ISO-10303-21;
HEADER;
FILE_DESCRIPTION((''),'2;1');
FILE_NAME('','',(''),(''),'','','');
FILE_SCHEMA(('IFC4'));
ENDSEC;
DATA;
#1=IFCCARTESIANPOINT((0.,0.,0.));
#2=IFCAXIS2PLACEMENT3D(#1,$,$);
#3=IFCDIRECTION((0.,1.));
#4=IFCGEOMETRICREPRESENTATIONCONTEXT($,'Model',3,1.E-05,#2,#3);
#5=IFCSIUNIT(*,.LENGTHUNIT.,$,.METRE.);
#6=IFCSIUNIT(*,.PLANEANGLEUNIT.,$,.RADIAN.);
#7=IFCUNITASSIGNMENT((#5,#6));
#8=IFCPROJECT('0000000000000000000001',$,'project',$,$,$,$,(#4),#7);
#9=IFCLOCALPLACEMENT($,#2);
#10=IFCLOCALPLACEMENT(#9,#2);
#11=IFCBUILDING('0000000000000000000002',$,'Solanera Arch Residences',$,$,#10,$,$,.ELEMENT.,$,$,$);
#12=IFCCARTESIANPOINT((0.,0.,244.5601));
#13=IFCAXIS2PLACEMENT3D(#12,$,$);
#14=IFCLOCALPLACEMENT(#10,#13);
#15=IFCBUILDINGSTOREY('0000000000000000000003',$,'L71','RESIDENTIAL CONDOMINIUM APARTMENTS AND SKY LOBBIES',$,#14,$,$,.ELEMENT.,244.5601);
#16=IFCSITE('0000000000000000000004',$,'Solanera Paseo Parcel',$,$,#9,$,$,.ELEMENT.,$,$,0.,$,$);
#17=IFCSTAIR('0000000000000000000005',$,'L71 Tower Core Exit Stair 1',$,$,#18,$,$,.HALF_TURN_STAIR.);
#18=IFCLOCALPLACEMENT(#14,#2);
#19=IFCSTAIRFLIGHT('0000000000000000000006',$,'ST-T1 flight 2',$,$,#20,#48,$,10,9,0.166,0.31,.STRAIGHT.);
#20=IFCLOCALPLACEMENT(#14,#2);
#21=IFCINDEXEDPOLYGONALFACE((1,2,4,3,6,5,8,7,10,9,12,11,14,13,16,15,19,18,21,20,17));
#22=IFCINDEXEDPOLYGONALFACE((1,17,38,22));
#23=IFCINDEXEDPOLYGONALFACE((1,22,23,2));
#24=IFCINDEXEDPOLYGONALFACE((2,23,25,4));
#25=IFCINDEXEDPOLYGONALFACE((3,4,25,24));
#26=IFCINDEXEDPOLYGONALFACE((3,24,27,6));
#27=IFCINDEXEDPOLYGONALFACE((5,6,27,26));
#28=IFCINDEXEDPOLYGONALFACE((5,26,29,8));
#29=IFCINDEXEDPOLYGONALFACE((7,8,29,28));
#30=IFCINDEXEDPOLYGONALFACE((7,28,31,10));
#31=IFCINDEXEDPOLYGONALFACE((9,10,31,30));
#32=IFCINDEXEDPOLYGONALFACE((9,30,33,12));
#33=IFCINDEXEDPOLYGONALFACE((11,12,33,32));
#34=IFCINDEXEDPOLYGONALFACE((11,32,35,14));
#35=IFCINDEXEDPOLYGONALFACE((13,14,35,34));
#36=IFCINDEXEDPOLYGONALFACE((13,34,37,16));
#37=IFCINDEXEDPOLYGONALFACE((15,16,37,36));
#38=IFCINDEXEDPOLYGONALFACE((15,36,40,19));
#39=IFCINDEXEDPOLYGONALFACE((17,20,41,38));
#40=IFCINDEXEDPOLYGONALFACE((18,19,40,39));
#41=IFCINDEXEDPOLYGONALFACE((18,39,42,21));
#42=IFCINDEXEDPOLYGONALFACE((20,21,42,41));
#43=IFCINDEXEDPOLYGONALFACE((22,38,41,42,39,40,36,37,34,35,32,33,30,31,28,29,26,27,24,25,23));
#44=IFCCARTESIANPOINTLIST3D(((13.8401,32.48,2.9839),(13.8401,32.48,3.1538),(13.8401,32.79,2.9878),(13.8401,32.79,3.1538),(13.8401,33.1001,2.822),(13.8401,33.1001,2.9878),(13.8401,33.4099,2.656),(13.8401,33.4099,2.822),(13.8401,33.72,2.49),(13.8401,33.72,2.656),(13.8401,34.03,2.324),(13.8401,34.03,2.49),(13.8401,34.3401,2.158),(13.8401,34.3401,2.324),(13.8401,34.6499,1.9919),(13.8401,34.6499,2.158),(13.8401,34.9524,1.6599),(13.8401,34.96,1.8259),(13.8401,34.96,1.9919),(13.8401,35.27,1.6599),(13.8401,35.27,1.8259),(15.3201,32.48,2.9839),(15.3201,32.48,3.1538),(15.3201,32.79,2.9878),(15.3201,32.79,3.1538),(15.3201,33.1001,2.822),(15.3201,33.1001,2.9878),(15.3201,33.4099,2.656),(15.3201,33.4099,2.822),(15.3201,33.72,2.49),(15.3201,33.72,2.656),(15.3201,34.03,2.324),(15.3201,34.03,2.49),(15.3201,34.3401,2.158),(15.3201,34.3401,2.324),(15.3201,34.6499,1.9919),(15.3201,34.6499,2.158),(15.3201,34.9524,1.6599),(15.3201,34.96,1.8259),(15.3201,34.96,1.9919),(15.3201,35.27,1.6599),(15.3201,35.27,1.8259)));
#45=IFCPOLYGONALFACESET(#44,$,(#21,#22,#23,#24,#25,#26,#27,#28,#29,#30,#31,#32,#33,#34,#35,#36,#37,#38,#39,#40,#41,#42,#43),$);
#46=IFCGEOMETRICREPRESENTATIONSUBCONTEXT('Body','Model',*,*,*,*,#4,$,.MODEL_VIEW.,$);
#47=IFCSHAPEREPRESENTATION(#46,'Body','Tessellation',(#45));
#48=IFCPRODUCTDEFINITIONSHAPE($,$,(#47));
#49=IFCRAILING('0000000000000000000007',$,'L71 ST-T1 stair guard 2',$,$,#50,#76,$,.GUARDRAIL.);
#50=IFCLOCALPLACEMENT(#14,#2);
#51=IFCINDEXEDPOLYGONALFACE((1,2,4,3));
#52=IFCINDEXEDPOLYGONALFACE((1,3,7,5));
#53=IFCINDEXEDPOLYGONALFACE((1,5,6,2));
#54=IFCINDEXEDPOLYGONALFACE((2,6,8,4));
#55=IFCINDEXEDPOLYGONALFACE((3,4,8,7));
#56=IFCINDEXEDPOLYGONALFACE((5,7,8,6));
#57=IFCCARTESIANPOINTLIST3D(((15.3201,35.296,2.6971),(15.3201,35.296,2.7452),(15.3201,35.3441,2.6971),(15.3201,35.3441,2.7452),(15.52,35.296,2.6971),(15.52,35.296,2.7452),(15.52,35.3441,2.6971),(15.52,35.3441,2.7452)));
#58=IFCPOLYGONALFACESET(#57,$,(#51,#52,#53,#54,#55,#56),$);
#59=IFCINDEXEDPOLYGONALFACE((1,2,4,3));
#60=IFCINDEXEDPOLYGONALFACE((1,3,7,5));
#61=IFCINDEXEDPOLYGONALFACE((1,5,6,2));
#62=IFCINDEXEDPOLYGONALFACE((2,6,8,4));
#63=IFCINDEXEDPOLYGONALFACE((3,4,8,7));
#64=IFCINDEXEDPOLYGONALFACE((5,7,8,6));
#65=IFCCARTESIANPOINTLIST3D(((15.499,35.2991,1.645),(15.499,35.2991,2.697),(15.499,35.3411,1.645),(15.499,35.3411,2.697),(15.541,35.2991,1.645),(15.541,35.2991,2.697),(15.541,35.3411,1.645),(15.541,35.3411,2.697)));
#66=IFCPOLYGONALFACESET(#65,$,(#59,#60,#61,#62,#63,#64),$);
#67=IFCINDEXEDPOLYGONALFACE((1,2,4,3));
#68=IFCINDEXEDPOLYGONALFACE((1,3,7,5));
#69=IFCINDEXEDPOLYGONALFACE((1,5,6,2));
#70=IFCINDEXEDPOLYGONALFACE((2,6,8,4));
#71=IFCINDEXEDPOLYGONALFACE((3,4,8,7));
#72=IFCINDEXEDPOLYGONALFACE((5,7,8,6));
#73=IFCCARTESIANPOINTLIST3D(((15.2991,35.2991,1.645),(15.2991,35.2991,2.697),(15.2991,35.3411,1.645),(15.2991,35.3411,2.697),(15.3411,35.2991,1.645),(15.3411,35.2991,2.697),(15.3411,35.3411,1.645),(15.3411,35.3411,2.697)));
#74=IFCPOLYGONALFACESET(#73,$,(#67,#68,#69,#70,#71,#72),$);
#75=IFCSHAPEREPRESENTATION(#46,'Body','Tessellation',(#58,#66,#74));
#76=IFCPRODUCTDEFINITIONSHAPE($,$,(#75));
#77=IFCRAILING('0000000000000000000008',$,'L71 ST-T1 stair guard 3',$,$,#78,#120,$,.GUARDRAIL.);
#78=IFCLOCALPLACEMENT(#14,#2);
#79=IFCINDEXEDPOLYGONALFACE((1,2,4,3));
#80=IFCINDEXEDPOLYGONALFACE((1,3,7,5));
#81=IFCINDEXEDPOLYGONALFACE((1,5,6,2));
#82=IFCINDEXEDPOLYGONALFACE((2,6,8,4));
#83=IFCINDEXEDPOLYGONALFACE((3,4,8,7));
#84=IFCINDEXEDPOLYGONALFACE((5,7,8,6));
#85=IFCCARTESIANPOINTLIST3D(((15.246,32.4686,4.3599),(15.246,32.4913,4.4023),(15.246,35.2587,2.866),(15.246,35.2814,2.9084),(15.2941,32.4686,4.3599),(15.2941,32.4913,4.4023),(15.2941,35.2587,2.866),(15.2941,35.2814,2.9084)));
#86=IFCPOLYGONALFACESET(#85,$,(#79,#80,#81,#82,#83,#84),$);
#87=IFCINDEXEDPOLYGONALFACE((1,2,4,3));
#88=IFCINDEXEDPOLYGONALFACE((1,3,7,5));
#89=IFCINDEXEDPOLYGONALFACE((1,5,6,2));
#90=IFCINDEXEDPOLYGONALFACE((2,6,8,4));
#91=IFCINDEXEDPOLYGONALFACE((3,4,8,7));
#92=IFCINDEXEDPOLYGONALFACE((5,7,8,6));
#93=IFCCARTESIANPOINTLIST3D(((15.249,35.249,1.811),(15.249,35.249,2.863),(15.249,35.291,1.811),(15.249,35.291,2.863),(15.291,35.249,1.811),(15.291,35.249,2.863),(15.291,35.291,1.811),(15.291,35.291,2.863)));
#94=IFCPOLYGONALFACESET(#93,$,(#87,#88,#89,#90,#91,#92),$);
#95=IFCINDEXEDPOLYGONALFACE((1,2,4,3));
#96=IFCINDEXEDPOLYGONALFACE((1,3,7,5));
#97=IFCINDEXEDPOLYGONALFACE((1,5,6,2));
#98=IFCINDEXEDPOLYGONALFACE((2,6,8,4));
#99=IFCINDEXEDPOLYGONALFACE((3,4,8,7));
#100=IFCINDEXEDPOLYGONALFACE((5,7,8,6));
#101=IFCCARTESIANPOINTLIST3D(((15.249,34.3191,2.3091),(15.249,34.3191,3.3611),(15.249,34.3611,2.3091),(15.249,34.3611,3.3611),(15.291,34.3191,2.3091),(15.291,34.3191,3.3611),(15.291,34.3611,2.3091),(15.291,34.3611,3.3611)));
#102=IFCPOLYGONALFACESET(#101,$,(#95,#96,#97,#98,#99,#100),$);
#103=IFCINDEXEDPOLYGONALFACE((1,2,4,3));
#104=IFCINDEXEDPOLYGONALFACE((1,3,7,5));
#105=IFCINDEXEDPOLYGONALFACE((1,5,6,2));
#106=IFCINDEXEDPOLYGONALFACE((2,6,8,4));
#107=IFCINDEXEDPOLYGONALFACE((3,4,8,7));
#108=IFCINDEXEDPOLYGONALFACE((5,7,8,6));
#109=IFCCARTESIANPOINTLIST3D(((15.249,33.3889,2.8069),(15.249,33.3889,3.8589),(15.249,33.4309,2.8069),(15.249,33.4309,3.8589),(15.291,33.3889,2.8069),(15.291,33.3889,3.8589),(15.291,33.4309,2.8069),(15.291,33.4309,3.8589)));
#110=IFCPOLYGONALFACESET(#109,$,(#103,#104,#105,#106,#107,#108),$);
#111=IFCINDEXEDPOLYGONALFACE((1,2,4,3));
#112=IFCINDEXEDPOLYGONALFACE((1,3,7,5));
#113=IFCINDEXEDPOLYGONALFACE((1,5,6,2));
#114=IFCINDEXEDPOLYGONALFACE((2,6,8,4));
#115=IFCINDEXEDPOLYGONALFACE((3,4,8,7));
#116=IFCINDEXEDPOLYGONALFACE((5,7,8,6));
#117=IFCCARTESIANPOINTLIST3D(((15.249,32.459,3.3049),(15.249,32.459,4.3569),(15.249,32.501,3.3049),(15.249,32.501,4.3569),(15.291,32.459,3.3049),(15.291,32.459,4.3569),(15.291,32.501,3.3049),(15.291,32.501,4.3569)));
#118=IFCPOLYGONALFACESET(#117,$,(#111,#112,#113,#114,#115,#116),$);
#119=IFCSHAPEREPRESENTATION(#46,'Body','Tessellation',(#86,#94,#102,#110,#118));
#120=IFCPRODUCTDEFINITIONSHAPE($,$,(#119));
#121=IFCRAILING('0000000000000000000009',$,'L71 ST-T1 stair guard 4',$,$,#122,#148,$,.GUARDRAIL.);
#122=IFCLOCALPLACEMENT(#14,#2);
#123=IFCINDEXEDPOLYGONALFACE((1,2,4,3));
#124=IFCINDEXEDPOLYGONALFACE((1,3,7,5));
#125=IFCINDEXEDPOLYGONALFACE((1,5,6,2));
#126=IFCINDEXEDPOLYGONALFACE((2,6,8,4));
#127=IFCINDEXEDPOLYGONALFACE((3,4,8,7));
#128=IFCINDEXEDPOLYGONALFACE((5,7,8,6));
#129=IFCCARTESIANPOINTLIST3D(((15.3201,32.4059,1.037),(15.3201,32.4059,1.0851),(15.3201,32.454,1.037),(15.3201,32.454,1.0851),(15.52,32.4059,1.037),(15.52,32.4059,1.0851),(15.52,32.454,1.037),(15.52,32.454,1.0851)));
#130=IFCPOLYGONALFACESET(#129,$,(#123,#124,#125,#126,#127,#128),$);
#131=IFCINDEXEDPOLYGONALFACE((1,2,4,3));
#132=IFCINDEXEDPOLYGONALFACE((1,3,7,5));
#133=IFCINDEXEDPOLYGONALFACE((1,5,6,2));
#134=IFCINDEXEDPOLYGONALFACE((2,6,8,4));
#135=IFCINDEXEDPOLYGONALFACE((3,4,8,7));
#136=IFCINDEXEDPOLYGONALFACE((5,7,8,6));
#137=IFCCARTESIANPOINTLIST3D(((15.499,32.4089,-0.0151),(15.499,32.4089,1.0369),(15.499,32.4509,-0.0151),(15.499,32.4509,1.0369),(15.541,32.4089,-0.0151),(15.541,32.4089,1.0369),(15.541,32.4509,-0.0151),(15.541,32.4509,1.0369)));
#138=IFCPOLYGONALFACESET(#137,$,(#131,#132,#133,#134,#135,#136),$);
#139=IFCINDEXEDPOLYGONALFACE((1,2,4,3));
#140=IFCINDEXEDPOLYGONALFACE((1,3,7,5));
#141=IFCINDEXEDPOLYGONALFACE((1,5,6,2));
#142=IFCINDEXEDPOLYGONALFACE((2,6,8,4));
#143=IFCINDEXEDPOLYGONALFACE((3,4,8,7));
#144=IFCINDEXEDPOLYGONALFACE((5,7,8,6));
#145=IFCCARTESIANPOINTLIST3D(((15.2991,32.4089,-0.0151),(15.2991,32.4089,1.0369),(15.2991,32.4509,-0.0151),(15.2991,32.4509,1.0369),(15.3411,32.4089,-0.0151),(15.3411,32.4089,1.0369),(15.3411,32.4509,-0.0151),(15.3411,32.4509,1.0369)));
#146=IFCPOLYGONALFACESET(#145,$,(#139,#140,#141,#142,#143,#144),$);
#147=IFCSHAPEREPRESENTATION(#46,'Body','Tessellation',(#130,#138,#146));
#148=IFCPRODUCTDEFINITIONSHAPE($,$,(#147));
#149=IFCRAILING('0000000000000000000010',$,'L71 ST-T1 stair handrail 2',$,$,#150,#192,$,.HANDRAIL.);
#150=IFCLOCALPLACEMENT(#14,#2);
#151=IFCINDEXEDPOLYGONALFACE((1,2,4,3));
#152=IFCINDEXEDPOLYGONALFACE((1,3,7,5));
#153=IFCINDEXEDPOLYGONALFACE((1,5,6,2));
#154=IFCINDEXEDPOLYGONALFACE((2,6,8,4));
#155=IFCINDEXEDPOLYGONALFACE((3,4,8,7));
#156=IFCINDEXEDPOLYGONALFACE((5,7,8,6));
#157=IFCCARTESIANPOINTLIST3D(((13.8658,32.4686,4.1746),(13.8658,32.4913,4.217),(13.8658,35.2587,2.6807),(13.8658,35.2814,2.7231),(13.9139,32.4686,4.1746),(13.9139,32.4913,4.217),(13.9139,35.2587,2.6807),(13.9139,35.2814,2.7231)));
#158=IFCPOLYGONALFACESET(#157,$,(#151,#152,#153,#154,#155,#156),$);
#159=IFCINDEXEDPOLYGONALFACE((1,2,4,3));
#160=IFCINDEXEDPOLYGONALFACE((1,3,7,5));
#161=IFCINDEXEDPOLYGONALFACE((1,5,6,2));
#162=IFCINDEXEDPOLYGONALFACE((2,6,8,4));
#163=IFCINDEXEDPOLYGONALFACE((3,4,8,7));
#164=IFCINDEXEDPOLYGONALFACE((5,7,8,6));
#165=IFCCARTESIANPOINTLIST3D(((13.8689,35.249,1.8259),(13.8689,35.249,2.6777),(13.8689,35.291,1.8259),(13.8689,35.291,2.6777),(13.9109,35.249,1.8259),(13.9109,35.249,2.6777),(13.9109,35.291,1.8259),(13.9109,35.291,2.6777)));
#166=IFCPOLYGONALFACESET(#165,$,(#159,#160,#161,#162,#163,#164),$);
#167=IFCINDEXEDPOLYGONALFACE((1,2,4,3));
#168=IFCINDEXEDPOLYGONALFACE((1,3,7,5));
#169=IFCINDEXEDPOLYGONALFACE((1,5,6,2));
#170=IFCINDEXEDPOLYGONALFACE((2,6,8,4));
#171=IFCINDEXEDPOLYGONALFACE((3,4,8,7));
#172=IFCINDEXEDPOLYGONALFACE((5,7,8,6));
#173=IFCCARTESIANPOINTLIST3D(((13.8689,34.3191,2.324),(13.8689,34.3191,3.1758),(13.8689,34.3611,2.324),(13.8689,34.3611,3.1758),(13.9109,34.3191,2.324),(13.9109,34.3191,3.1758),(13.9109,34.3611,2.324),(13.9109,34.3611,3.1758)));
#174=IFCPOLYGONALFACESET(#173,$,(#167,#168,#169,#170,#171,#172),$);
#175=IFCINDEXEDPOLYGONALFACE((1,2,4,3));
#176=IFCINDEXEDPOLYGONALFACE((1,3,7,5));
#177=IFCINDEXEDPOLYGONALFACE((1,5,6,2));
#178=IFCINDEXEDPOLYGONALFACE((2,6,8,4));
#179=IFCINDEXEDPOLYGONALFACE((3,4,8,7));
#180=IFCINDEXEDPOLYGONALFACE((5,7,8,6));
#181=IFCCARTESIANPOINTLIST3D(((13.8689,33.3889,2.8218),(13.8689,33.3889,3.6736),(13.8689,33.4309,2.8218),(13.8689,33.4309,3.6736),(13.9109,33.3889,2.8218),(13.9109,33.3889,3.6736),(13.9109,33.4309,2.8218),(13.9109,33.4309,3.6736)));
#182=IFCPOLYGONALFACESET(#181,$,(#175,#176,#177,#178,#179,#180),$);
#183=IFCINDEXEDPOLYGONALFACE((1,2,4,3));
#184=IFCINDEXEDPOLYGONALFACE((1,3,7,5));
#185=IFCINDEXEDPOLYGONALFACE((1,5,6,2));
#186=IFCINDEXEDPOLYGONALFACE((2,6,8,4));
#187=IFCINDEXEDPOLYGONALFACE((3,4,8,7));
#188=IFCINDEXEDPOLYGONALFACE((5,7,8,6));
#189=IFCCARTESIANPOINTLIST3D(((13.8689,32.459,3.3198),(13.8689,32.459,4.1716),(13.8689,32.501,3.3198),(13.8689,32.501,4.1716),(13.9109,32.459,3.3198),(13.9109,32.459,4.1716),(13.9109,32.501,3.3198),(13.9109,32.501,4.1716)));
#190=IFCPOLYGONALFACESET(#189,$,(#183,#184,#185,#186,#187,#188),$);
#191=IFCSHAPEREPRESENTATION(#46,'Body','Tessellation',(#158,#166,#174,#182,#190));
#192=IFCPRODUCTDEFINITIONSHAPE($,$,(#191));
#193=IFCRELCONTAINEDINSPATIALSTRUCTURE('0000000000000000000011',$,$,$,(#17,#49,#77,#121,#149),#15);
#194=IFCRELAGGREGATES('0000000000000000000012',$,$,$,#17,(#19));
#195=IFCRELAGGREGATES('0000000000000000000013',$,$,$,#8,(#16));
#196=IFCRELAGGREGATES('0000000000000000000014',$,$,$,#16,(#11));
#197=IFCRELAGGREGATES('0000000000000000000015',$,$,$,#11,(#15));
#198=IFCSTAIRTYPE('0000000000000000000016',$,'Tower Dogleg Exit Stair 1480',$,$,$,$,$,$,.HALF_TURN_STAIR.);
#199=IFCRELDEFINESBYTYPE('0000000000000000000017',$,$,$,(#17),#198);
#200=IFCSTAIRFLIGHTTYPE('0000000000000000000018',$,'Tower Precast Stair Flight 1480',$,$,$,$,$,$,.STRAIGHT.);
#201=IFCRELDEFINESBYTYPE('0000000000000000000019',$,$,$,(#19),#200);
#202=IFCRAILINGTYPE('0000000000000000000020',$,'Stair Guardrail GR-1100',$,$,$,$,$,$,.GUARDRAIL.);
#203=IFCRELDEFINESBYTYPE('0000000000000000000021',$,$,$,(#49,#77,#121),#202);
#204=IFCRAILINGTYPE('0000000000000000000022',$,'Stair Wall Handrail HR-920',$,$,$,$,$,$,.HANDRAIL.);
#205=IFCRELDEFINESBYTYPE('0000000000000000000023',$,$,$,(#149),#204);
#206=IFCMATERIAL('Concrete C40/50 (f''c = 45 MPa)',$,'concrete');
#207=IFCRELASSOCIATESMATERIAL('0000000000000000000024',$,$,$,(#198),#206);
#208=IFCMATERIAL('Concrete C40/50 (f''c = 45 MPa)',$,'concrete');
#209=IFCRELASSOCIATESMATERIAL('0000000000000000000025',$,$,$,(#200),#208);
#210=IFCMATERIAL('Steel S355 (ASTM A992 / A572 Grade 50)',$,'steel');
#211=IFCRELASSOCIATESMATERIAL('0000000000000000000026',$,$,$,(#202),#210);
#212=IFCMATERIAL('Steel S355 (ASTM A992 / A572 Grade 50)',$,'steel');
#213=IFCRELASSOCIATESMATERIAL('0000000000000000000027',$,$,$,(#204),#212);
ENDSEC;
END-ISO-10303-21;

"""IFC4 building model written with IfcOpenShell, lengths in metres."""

from ifc_helpers import new_model, si_unit, direction, frame, origin, origin_2d, place, context, subcontext, project, spatial, polyline, rectangle, outline, extrude, material, type_object, element, aggregate, save


model = new_model("IFC4")

# Units and contexts
model_context = context("Model", 3, precision=1e-05, world=origin(), true_north=direction((0.0, 1.0)))
body_context = subcontext(model_context, "Body", "Model", "MODEL_VIEW")
ifc_project = project(units=[si_unit("LENGTHUNIT", "METRE"), si_unit("PLANEANGLEUNIT", "RADIAN")], contexts=[model_context])

# Site, building, storey
site_placement = place(None, origin())
site = spatial("IfcSite", under=ifc_project, at=site_placement, Name="Solanera Paseo Parcel", CompositionType="ELEMENT", RefElevation=0.0)
building_placement = place(site_placement, origin())
building = spatial("IfcBuilding", under=site, at=building_placement, Name="Solanera Arch Residences", CompositionType="ELEMENT")
storey_placement = place(building_placement, frame((0.0, 0.0, 244.5601)))
storey = spatial("IfcBuildingStorey", under=building, at=storey_placement, Name="L71", Description="RESIDENTIAL CONDOMINIUM APARTMENTS AND SKY LOBBIES", CompositionType="ELEMENT", Elevation=244.5601)

# Stair, stair flight
ifc_material_1 = material(Name="Concrete C40/50 (f'c = 45 MPa)", Category="concrete")
stair_type = type_object("IfcStairType", Name="Tower Dogleg Exit Stair 1480", PredefinedType="HALF_TURN_STAIR", material=ifc_material_1)
stair_placement = place(storey_placement, origin())
stair = element("IfcStair", 1, at=stair_placement, inside=storey, type_object=stair_type, Name="L71 Tower Core Exit Stair 1", PredefinedType="HALF_TURN_STAIR")
ifc_material_2 = material(Name="Concrete C40/50 (f'c = 45 MPa)", Category="concrete")
stair_flight_type = type_object("IfcStairFlightType", Name="Tower Precast Stair Flight 1480", PredefinedType="STRAIGHT", material=ifc_material_2)
stair_flight_placement = place(storey_placement, frame((14.5801, 35.27, 1.6599), z_axis=(0.0, 0.0, 1.0), x_axis=(0.0, -1.0, 0.0)))
stair_flight = element("IfcStairFlight", 2, at=stair_flight_placement, type_object=stair_flight_type, Name="ST-T1 flight 2", NumberOfRisers=10, NumberOfTreads=9, PredefinedType="STRAIGHT", RiserHeight=0.166, TreadLength=0.31, context=body_context, shape_type="SweptSolid", body=[
    extrude(outline(polyline([(0.0, 0.0), (0.0, 0.166), (0.3101, 0.166), (0.3101, 0.332), (0.6201, 0.332), (0.6201, 0.498), (0.9299, 0.498), (0.9299, 0.6641), (1.24, 0.6641), (1.24, 0.8301), (1.55, 0.8301), (1.55, 0.9961), (1.8601, 0.9961), (1.8601, 1.1621), (2.1699, 1.1621), (2.1699, 1.3279), (2.48, 1.3279), (2.48, 1.4939), (2.79, 1.4939), (2.79, 1.6599), (2.79, 1.324), (0.3176, 0.0), (0.0, 0.0)])), frame((0.0, 0.74, 0.0), z_axis=(0.0, -1.0, 0.0), x_axis=(1.0, 0.0, 0.0)), (0.0, 0.0, 1.0), 1.48),
])
aggregate(stair, [stair_flight])

# Railings
ifc_material_3 = material(Name="Steel S355 (ASTM A992 / A572 Grade 50)", Category="steel")
railing_type_1 = type_object("IfcRailingType", Name="Stair Guardrail GR-1100", PredefinedType="GUARDRAIL", material=ifc_material_3)
railing_1_placement = place(storey_placement, frame((15.52, 35.3201, 1.645)))
element("IfcRailing", 3, at=railing_1_placement, inside=storey, type_object=railing_type_1, Name="L71 ST-T1 stair guard 2", PredefinedType="GUARDRAIL", context=body_context, shape_type="SweptSolid", body=[
    extrude(rectangle(XDim=0.0481, YDim=0.0481, at=origin_2d()), frame((0.0, 0.0, 1.0762), z_axis=(-1.0, 0.0, 0.0), x_axis=(0.0, -1.0, 0.0)), (0.0, 0.0, 1.0), 0.2),
    extrude(rectangle(XDim=0.042, YDim=0.042, at=origin_2d()), origin(), (0.0, 0.0, 1.0), 1.052),
    extrude(rectangle(XDim=0.042, YDim=0.042, at=origin_2d()), frame((-0.2, 0.0, 0.0)), (0.0, 0.0, 1.0), 1.052),
])
railing_2_placement = place(storey_placement, frame((15.27, 35.27, 1.811)))
element("IfcRailing", 4, at=railing_2_placement, inside=storey, type_object=railing_type_1, Name="L71 ST-T1 stair guard 3", PredefinedType="GUARDRAIL", context=body_context, shape_type="SweptSolid", body=[
    extrude(rectangle(XDim=0.0481, YDim=0.0481, at=origin_2d()), frame((0.0, 0.0, 1.0762), z_axis=(0.0, -0.881581, 0.472033), x_axis=(1.0, 0.0, 0.0)), (0.0, 0.0, 1.0), 3.1648),
    extrude(rectangle(XDim=0.042, YDim=0.042, at=origin_2d()), origin(), (0.0, 0.0, 1.0), 1.052),
    extrude(rectangle(XDim=0.042, YDim=0.042, at=origin_2d()), frame((0.0, -0.9299, 0.498)), (0.0, 0.0, 1.0), 1.052),
    extrude(rectangle(XDim=0.042, YDim=0.042, at=origin_2d()), frame((0.0, -1.8601, 0.9958)), (0.0, 0.0, 1.0), 1.052),
    extrude(rectangle(XDim=0.042, YDim=0.042, at=origin_2d()), frame((0.0, -2.79, 1.4939)), (0.0, 0.0, 1.0), 1.052),
])
railing_3_placement = place(storey_placement, frame((15.52, 32.4299, -0.0151)))
element("IfcRailing", 5, at=railing_3_placement, inside=storey, type_object=railing_type_1, Name="L71 ST-T1 stair guard 4", PredefinedType="GUARDRAIL", context=body_context, shape_type="SweptSolid", body=[
    extrude(rectangle(XDim=0.0481, YDim=0.0481, at=origin_2d()), frame((0.0, 0.0, 1.0762), z_axis=(-1.0, 0.0, 0.0), x_axis=(0.0, -1.0, 0.0)), (0.0, 0.0, 1.0), 0.2),
    extrude(rectangle(XDim=0.042, YDim=0.042, at=origin_2d()), origin(), (0.0, 0.0, 1.0), 1.052),
    extrude(rectangle(XDim=0.042, YDim=0.042, at=origin_2d()), frame((-0.2, 0.0, 0.0)), (0.0, 0.0, 1.0), 1.052),
])
ifc_material_4 = material(Name="Steel S355 (ASTM A992 / A572 Grade 50)", Category="steel")
railing_type_2 = type_object("IfcRailingType", Name="Stair Wall Handrail HR-920", PredefinedType="HANDRAIL", material=ifc_material_4)
railing_4_placement = place(storey_placement, frame((13.8899, 35.27, 1.8259)))
element("IfcRailing", 6, at=railing_4_placement, inside=storey, type_object=railing_type_2, Name="L71 ST-T1 stair handrail 2", PredefinedType="HANDRAIL", context=body_context, shape_type="SweptSolid", body=[
    extrude(rectangle(XDim=0.0481, YDim=0.0481, at=origin_2d()), frame((0.0, 0.0, 0.876), z_axis=(0.0, -0.881581, 0.472033), x_axis=(1.0, 0.0, 0.0)), (0.0, 0.0, 1.0), 3.1648),
    extrude(rectangle(XDim=0.042, YDim=0.042, at=origin_2d()), origin(), (0.0, 0.0, 1.0), 0.8518),
    extrude(rectangle(XDim=0.042, YDim=0.042, at=origin_2d()), frame((0.0, -0.9299, 0.498)), (0.0, 0.0, 1.0), 0.8518),
    extrude(rectangle(XDim=0.042, YDim=0.042, at=origin_2d()), frame((0.0, -1.8601, 0.9958)), (0.0, 0.0, 1.0), 0.8518),
    extrude(rectangle(XDim=0.042, YDim=0.042, at=origin_2d()), frame((0.0, -2.79, 1.4939)), (0.0, 0.0, 1.0), 0.8518),
])

save(model, "model.ifc")
